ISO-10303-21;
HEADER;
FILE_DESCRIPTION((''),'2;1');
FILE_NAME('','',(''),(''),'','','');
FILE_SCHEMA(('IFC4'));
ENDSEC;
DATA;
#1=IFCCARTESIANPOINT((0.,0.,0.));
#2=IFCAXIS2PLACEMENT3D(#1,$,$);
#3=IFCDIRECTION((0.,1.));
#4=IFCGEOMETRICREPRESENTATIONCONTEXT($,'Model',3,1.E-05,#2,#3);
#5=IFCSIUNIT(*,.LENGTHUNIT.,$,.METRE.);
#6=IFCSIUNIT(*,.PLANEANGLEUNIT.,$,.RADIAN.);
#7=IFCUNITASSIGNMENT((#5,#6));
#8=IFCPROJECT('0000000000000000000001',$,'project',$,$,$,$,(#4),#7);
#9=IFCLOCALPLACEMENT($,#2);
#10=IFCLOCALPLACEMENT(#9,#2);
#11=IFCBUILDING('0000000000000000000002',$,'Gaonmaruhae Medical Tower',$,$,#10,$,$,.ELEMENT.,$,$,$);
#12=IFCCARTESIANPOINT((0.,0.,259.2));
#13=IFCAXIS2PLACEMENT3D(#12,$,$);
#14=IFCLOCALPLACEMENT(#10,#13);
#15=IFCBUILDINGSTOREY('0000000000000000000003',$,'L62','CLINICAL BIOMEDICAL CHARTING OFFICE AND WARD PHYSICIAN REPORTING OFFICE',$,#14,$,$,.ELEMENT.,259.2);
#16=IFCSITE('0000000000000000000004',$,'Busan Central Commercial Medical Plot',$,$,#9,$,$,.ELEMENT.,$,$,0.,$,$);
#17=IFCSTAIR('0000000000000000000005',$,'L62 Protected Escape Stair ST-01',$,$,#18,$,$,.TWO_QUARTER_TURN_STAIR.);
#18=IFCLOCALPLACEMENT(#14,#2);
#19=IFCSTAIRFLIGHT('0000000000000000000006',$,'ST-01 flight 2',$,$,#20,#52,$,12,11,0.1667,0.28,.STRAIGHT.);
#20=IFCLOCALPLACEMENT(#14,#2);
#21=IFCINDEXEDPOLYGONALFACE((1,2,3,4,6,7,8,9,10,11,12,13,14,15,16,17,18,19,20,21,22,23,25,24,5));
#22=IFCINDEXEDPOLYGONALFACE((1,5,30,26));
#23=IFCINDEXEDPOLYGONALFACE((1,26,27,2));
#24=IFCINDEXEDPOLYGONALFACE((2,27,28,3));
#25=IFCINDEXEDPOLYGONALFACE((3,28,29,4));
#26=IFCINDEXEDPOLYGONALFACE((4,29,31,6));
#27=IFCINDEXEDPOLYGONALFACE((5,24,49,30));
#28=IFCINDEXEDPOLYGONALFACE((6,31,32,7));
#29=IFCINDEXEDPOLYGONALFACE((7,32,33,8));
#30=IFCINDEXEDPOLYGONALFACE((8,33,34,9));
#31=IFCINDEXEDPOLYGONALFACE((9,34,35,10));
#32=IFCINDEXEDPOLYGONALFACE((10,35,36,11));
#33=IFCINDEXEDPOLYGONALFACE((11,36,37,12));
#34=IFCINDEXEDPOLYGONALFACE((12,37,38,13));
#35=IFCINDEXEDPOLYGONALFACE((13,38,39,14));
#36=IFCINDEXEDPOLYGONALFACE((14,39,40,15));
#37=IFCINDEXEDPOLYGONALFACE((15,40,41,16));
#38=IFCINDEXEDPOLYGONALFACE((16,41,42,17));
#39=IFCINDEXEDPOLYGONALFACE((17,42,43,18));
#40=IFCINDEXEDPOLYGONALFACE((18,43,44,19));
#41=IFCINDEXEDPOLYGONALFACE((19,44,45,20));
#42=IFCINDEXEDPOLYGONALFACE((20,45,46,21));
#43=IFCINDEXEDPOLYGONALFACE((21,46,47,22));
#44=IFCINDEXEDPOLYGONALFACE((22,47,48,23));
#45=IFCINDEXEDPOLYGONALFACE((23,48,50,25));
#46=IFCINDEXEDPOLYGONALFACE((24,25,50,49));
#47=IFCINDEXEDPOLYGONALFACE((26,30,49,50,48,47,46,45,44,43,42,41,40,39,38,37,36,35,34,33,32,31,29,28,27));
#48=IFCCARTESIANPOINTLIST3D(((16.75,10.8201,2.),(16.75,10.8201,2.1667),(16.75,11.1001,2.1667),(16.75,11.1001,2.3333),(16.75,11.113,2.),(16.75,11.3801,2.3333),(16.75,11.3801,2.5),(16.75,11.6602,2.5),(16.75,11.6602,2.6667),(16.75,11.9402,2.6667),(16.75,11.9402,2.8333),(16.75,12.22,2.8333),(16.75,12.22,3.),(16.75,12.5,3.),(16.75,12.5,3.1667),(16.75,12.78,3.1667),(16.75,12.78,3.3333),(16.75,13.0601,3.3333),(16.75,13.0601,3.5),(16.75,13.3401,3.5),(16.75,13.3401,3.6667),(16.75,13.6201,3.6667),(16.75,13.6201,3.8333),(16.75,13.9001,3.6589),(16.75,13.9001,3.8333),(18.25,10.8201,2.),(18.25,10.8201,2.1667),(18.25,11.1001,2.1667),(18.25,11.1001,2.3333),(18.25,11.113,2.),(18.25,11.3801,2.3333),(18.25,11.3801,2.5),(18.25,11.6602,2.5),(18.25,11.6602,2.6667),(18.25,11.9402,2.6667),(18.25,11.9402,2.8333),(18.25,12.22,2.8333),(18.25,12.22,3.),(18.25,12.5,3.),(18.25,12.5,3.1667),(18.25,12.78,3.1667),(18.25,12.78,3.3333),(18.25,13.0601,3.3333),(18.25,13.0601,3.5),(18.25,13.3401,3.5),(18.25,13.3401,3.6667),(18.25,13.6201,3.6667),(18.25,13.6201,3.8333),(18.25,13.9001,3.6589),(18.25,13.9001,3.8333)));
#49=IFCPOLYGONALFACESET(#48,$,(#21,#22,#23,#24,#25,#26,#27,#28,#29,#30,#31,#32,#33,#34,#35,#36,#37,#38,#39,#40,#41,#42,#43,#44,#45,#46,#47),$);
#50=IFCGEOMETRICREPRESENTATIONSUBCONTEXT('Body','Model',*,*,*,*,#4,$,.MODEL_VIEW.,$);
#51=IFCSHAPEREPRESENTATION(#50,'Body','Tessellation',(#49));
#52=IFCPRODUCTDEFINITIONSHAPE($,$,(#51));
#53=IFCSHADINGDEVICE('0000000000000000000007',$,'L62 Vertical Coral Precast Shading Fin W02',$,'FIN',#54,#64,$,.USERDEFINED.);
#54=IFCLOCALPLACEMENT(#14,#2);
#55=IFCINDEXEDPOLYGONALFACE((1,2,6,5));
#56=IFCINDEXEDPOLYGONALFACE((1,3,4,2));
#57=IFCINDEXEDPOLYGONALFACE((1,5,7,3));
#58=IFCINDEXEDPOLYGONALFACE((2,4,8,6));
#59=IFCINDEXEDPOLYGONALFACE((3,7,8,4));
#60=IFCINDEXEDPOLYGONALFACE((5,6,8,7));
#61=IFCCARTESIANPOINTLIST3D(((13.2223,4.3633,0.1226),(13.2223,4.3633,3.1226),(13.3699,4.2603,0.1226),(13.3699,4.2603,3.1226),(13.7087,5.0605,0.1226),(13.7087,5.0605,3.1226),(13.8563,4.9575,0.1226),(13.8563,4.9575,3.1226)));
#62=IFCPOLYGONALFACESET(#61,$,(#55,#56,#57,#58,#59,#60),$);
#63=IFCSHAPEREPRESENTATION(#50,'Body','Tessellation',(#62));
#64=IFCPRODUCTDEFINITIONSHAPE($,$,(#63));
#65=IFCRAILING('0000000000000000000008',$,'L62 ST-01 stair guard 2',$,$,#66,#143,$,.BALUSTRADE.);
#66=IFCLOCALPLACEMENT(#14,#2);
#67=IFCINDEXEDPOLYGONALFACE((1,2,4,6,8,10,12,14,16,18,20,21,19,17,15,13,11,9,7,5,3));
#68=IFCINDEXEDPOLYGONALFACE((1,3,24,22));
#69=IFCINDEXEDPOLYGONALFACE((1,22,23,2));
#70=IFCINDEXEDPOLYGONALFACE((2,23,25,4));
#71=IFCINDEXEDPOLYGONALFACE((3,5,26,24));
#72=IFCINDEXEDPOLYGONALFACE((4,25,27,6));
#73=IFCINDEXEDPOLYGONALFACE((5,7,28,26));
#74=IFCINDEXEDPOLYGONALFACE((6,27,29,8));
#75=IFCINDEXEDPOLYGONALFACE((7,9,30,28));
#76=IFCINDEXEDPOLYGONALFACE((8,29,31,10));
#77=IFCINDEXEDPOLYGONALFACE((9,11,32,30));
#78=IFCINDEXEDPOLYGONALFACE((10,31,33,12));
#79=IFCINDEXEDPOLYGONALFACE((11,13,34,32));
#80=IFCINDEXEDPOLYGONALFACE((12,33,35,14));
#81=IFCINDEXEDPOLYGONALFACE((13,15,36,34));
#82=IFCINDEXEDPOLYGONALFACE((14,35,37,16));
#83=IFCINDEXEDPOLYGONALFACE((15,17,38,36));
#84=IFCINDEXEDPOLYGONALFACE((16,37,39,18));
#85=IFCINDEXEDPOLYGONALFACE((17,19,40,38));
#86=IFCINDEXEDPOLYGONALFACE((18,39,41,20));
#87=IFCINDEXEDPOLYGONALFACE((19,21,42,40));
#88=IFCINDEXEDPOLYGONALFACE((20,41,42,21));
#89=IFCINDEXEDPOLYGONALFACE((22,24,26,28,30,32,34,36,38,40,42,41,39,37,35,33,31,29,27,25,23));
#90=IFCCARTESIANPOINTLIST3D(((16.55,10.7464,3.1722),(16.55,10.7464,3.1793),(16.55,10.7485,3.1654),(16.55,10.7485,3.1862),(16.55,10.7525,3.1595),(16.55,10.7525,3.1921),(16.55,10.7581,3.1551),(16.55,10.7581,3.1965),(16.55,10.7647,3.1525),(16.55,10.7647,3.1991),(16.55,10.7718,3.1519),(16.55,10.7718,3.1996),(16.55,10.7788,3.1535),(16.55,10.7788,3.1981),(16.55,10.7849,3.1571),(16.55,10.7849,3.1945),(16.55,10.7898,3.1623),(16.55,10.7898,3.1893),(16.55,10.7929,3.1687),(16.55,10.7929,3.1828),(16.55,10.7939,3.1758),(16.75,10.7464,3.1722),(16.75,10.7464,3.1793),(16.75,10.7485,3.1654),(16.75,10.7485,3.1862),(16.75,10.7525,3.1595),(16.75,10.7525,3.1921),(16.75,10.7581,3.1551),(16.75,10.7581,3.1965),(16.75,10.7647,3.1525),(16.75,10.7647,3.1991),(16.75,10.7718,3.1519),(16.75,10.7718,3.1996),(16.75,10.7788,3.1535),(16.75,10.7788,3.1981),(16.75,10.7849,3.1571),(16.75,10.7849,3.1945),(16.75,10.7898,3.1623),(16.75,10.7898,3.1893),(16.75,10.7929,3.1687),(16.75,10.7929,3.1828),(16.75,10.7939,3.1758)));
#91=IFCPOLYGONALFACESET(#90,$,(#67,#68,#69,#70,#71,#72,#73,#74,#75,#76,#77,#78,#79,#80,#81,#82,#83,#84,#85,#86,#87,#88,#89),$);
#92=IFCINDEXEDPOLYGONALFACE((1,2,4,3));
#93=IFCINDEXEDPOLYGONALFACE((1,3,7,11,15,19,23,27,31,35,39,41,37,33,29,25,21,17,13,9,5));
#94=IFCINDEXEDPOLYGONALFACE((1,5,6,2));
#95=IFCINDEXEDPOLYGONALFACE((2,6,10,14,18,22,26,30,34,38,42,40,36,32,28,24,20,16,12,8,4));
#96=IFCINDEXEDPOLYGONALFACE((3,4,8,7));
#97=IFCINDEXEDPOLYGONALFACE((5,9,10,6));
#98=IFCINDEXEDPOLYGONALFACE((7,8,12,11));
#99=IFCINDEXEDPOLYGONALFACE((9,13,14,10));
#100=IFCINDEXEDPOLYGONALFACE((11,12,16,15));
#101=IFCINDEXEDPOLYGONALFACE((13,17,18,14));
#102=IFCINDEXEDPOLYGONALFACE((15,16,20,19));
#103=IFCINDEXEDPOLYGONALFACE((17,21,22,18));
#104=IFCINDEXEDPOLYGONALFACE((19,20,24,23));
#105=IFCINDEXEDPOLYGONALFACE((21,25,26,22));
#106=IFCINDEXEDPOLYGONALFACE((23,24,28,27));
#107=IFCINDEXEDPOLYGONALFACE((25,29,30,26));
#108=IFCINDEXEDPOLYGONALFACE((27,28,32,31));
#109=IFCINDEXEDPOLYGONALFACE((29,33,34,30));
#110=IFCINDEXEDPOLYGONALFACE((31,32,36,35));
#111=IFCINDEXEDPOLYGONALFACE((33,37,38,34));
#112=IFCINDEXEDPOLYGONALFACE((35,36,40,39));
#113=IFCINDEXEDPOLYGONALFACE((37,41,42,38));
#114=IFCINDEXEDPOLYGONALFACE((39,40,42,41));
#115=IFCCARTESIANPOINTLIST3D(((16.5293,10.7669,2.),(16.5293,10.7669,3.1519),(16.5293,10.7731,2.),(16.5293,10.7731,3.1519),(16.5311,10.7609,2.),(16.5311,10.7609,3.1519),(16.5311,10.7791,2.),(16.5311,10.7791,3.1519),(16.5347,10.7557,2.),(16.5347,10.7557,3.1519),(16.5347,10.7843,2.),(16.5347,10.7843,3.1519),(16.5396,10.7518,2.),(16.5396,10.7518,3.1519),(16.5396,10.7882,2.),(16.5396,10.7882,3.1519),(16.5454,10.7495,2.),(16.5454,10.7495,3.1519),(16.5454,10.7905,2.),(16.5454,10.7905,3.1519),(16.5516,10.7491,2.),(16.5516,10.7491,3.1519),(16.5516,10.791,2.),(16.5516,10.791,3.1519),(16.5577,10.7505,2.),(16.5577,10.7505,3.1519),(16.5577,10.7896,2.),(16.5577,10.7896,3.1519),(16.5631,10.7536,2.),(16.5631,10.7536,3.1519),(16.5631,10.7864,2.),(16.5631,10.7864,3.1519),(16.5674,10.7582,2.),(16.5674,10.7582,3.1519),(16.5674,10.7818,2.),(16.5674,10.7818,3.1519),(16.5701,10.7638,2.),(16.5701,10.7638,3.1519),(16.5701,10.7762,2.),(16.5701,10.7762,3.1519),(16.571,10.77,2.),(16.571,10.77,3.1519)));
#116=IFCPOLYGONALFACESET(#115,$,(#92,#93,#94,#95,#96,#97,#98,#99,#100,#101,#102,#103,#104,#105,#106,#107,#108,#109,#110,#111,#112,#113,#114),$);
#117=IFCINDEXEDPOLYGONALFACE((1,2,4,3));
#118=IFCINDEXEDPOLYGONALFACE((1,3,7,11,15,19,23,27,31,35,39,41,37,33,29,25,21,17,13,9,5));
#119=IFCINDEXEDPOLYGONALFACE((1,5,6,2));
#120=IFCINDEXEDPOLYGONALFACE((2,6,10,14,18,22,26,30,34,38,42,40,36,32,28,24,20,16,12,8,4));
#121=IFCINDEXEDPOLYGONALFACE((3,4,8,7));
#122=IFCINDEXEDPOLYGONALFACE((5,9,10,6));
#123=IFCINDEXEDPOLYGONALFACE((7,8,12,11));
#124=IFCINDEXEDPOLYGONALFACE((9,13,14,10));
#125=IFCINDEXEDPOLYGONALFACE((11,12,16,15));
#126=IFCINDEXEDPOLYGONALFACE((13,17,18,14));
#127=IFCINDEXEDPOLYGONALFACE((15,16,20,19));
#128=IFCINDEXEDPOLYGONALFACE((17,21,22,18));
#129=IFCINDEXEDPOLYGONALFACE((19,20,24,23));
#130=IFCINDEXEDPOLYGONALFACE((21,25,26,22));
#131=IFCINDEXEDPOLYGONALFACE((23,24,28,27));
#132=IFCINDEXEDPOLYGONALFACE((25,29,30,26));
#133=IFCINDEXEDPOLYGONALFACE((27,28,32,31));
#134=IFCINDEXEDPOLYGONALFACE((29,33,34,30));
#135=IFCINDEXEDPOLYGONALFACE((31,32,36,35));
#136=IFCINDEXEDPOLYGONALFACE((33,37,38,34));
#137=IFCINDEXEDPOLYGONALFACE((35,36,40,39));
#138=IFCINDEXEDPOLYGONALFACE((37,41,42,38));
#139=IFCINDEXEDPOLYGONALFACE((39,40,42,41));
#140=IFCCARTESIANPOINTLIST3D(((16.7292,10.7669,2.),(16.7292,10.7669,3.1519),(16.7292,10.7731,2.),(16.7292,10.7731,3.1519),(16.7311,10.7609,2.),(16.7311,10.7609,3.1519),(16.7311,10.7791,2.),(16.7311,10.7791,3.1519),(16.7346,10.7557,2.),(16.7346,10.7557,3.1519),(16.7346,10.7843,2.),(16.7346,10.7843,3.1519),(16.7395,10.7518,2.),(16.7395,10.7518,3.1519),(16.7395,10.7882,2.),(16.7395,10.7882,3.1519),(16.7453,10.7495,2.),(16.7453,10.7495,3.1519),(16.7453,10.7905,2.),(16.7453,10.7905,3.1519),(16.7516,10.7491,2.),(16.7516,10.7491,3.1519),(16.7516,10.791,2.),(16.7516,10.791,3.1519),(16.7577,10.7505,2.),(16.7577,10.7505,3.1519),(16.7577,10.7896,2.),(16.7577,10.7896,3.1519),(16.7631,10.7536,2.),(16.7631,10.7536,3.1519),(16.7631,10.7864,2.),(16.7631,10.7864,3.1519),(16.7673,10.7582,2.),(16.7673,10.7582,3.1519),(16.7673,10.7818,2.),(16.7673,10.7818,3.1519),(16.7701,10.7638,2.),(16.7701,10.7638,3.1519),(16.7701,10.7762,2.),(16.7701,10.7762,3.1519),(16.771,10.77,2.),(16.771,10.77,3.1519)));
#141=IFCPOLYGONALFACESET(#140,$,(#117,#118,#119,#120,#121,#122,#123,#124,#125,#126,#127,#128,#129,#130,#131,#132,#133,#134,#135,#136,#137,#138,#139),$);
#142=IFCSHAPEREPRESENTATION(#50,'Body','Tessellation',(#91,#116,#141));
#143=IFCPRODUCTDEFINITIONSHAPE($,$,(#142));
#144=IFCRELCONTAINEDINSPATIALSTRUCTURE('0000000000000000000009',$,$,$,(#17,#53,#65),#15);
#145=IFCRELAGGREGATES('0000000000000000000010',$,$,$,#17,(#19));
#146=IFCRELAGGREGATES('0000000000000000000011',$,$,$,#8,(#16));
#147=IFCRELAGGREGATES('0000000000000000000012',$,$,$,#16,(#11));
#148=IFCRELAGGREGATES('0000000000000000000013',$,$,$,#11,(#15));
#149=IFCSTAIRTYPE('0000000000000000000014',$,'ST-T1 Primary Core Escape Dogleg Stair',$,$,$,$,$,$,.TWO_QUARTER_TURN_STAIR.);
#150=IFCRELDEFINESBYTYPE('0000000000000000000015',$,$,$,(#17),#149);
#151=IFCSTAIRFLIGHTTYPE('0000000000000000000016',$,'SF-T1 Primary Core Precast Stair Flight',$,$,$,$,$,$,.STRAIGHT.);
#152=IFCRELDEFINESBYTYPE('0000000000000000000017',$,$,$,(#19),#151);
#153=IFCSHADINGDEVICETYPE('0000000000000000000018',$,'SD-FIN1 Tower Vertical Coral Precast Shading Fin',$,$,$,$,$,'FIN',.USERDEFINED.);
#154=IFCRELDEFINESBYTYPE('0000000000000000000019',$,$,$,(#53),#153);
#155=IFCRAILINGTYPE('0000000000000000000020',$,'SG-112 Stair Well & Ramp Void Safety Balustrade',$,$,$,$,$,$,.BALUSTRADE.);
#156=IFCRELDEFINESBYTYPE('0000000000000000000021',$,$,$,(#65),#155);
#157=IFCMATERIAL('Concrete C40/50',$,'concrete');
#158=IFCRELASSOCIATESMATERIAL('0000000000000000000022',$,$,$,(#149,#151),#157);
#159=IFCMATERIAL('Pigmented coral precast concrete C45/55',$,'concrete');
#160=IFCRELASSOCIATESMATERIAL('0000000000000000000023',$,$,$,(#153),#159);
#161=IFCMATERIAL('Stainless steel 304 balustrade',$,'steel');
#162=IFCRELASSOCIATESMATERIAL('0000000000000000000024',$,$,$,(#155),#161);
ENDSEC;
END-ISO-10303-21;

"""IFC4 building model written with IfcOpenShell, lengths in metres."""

from ifc_helpers import new_model, si_unit, direction, frame, origin, origin_2d, place, context, subcontext, project, spatial, polyline, rectangle, circle, outline, extrude, material, type_object, element, aggregate, save


model = new_model("IFC4")

# Units and contexts
model_context = context("Model", 3, precision=1e-05, world=origin(), true_north=direction((0.0, 1.0)))
body_context = subcontext(model_context, "Body", "Model", "MODEL_VIEW")
ifc_project = project(units=[si_unit("LENGTHUNIT", "METRE"), si_unit("PLANEANGLEUNIT", "RADIAN")], contexts=[model_context])

# Site, building, storey
site_placement = place(None, origin())
site = spatial("IfcSite", under=ifc_project, at=site_placement, Name="Busan Central Commercial Medical Plot", CompositionType="ELEMENT", RefElevation=0.0)
building_placement = place(site_placement, origin())
building = spatial("IfcBuilding", under=site, at=building_placement, Name="Gaonmaruhae Medical Tower", CompositionType="ELEMENT")
storey_placement = place(building_placement, frame((0.0, 0.0, 259.2)))
storey = spatial("IfcBuildingStorey", under=building, at=storey_placement, Name="L62", Description="CLINICAL BIOMEDICAL CHARTING OFFICE AND WARD PHYSICIAN REPORTING OFFICE", CompositionType="ELEMENT", Elevation=259.2)

# Stair, stair flight
ifc_material_1 = material(Name="Concrete C40/50", Category="concrete")
stair_type = type_object("IfcStairType", Name="ST-T1 Primary Core Escape Dogleg Stair", PredefinedType="TWO_QUARTER_TURN_STAIR", material=ifc_material_1)
stair_placement = place(storey_placement, origin())
stair = element("IfcStair", 1, at=stair_placement, inside=storey, type_object=stair_type, Name="L62 Protected Escape Stair ST-01", PredefinedType="TWO_QUARTER_TURN_STAIR")
stair_flight_type = type_object("IfcStairFlightType", Name="SF-T1 Primary Core Precast Stair Flight", PredefinedType="STRAIGHT", material=ifc_material_1)
stair_flight_placement = place(storey_placement, frame((17.5, 10.8201, 2.0), z_axis=(0.0, 0.0, 1.0), x_axis=(0.0, 1.0, 0.0)))
stair_flight = element("IfcStairFlight", 2, at=stair_flight_placement, type_object=stair_flight_type, Name="ST-01 flight 2", NumberOfRisers=12, NumberOfTreads=11, PredefinedType="STRAIGHT", RiserHeight=0.1667, TreadLength=0.28, context=body_context, shape_type="SweptSolid", body=[
    extrude(outline(polyline([(0.0, 0.0), (0.0, 0.1667), (0.28, 0.1667), (0.28, 0.3333), (0.5601, 0.3333), (0.5601, 0.5), (0.8401, 0.5), (0.8401, 0.6667), (1.1201, 0.6667), (1.1201, 0.8333), (1.3999, 0.8333), (1.3999, 1.0), (1.6799, 1.0), (1.6799, 1.1667), (1.96, 1.1667), (1.96, 1.3333), (2.24, 1.3333), (2.24, 1.5), (2.52, 1.5), (2.52, 1.6667), (2.8, 1.6667), (2.8, 1.8333), (3.0801, 1.8333), (3.0801, 2.0), (3.0801, 1.6589), (0.293, 0.0), (0.0, 0.0)])), frame((0.0, 0.75, 0.0), z_axis=(0.0, -1.0, 0.0), x_axis=(1.0, 0.0, 0.0)), (0.0, 0.0, 1.0), 1.5),
])
aggregate(stair, [stair_flight])

# Shading device
ifc_material_2 = material(Name="Pigmented coral precast concrete C45/55", Category="concrete")
shading_device_type = type_object("IfcShadingDeviceType", Name="SD-FIN1 Tower Vertical Coral Precast Shading Fin", ElementType="FIN", PredefinedType="USERDEFINED", material=ifc_material_2)
shading_device_placement = place(storey_placement, frame((13.5393, 4.6604, 0.1226), z_axis=(0.0, 0.0, 1.0), x_axis=(-0.820142, 0.57216, 0.0)))
element("IfcShadingDevice", 3, at=shading_device_placement, inside=storey, type_object=shading_device_type, Name="L62 Vertical Coral Precast Shading Fin W02", ObjectType="FIN", PredefinedType="USERDEFINED", context=body_context, shape_type="SweptSolid", body=[
    extrude(rectangle(XDim=0.1799, YDim=0.8501, at=origin_2d()), origin(), (0.0, 0.0, 1.0), 3.0),
])

# Railing
ifc_material_3 = material(Name="Stainless steel 304 balustrade", Category="steel")
railing_type_1 = type_object("IfcRailingType", Name="SG-112 Stair Well & Ramp Void Safety Balustrade", PredefinedType="BALUSTRADE", material=ifc_material_3)
railing_1_placement = place(storey_placement, frame((16.55, 10.77, 2.0)))
element("IfcRailing", 4, at=railing_1_placement, inside=storey, type_object=railing_type_1, Name="L62 ST-01 stair guard 2", PredefinedType="BALUSTRADE", context=body_context, shape_type="SweptSolid", body=[
    extrude(circle(Radius=0.0239, at=origin_2d()), frame((0.0, 0.0, 1.1758), z_axis=(1.0, 0.0, 0.0), x_axis=(0.0, 1.0, 0.0)), (0.0, 0.0, 1.0), 0.2),
    extrude(circle(Radius=0.021, at=origin_2d()), origin(), (0.0, 0.0, 1.0), 1.1519),
    extrude(circle(Radius=0.021, at=origin_2d()), frame((0.2, 0.0, 0.0)), (0.0, 0.0, 1.0), 1.1519),
])

save(model, "model.ifc")
